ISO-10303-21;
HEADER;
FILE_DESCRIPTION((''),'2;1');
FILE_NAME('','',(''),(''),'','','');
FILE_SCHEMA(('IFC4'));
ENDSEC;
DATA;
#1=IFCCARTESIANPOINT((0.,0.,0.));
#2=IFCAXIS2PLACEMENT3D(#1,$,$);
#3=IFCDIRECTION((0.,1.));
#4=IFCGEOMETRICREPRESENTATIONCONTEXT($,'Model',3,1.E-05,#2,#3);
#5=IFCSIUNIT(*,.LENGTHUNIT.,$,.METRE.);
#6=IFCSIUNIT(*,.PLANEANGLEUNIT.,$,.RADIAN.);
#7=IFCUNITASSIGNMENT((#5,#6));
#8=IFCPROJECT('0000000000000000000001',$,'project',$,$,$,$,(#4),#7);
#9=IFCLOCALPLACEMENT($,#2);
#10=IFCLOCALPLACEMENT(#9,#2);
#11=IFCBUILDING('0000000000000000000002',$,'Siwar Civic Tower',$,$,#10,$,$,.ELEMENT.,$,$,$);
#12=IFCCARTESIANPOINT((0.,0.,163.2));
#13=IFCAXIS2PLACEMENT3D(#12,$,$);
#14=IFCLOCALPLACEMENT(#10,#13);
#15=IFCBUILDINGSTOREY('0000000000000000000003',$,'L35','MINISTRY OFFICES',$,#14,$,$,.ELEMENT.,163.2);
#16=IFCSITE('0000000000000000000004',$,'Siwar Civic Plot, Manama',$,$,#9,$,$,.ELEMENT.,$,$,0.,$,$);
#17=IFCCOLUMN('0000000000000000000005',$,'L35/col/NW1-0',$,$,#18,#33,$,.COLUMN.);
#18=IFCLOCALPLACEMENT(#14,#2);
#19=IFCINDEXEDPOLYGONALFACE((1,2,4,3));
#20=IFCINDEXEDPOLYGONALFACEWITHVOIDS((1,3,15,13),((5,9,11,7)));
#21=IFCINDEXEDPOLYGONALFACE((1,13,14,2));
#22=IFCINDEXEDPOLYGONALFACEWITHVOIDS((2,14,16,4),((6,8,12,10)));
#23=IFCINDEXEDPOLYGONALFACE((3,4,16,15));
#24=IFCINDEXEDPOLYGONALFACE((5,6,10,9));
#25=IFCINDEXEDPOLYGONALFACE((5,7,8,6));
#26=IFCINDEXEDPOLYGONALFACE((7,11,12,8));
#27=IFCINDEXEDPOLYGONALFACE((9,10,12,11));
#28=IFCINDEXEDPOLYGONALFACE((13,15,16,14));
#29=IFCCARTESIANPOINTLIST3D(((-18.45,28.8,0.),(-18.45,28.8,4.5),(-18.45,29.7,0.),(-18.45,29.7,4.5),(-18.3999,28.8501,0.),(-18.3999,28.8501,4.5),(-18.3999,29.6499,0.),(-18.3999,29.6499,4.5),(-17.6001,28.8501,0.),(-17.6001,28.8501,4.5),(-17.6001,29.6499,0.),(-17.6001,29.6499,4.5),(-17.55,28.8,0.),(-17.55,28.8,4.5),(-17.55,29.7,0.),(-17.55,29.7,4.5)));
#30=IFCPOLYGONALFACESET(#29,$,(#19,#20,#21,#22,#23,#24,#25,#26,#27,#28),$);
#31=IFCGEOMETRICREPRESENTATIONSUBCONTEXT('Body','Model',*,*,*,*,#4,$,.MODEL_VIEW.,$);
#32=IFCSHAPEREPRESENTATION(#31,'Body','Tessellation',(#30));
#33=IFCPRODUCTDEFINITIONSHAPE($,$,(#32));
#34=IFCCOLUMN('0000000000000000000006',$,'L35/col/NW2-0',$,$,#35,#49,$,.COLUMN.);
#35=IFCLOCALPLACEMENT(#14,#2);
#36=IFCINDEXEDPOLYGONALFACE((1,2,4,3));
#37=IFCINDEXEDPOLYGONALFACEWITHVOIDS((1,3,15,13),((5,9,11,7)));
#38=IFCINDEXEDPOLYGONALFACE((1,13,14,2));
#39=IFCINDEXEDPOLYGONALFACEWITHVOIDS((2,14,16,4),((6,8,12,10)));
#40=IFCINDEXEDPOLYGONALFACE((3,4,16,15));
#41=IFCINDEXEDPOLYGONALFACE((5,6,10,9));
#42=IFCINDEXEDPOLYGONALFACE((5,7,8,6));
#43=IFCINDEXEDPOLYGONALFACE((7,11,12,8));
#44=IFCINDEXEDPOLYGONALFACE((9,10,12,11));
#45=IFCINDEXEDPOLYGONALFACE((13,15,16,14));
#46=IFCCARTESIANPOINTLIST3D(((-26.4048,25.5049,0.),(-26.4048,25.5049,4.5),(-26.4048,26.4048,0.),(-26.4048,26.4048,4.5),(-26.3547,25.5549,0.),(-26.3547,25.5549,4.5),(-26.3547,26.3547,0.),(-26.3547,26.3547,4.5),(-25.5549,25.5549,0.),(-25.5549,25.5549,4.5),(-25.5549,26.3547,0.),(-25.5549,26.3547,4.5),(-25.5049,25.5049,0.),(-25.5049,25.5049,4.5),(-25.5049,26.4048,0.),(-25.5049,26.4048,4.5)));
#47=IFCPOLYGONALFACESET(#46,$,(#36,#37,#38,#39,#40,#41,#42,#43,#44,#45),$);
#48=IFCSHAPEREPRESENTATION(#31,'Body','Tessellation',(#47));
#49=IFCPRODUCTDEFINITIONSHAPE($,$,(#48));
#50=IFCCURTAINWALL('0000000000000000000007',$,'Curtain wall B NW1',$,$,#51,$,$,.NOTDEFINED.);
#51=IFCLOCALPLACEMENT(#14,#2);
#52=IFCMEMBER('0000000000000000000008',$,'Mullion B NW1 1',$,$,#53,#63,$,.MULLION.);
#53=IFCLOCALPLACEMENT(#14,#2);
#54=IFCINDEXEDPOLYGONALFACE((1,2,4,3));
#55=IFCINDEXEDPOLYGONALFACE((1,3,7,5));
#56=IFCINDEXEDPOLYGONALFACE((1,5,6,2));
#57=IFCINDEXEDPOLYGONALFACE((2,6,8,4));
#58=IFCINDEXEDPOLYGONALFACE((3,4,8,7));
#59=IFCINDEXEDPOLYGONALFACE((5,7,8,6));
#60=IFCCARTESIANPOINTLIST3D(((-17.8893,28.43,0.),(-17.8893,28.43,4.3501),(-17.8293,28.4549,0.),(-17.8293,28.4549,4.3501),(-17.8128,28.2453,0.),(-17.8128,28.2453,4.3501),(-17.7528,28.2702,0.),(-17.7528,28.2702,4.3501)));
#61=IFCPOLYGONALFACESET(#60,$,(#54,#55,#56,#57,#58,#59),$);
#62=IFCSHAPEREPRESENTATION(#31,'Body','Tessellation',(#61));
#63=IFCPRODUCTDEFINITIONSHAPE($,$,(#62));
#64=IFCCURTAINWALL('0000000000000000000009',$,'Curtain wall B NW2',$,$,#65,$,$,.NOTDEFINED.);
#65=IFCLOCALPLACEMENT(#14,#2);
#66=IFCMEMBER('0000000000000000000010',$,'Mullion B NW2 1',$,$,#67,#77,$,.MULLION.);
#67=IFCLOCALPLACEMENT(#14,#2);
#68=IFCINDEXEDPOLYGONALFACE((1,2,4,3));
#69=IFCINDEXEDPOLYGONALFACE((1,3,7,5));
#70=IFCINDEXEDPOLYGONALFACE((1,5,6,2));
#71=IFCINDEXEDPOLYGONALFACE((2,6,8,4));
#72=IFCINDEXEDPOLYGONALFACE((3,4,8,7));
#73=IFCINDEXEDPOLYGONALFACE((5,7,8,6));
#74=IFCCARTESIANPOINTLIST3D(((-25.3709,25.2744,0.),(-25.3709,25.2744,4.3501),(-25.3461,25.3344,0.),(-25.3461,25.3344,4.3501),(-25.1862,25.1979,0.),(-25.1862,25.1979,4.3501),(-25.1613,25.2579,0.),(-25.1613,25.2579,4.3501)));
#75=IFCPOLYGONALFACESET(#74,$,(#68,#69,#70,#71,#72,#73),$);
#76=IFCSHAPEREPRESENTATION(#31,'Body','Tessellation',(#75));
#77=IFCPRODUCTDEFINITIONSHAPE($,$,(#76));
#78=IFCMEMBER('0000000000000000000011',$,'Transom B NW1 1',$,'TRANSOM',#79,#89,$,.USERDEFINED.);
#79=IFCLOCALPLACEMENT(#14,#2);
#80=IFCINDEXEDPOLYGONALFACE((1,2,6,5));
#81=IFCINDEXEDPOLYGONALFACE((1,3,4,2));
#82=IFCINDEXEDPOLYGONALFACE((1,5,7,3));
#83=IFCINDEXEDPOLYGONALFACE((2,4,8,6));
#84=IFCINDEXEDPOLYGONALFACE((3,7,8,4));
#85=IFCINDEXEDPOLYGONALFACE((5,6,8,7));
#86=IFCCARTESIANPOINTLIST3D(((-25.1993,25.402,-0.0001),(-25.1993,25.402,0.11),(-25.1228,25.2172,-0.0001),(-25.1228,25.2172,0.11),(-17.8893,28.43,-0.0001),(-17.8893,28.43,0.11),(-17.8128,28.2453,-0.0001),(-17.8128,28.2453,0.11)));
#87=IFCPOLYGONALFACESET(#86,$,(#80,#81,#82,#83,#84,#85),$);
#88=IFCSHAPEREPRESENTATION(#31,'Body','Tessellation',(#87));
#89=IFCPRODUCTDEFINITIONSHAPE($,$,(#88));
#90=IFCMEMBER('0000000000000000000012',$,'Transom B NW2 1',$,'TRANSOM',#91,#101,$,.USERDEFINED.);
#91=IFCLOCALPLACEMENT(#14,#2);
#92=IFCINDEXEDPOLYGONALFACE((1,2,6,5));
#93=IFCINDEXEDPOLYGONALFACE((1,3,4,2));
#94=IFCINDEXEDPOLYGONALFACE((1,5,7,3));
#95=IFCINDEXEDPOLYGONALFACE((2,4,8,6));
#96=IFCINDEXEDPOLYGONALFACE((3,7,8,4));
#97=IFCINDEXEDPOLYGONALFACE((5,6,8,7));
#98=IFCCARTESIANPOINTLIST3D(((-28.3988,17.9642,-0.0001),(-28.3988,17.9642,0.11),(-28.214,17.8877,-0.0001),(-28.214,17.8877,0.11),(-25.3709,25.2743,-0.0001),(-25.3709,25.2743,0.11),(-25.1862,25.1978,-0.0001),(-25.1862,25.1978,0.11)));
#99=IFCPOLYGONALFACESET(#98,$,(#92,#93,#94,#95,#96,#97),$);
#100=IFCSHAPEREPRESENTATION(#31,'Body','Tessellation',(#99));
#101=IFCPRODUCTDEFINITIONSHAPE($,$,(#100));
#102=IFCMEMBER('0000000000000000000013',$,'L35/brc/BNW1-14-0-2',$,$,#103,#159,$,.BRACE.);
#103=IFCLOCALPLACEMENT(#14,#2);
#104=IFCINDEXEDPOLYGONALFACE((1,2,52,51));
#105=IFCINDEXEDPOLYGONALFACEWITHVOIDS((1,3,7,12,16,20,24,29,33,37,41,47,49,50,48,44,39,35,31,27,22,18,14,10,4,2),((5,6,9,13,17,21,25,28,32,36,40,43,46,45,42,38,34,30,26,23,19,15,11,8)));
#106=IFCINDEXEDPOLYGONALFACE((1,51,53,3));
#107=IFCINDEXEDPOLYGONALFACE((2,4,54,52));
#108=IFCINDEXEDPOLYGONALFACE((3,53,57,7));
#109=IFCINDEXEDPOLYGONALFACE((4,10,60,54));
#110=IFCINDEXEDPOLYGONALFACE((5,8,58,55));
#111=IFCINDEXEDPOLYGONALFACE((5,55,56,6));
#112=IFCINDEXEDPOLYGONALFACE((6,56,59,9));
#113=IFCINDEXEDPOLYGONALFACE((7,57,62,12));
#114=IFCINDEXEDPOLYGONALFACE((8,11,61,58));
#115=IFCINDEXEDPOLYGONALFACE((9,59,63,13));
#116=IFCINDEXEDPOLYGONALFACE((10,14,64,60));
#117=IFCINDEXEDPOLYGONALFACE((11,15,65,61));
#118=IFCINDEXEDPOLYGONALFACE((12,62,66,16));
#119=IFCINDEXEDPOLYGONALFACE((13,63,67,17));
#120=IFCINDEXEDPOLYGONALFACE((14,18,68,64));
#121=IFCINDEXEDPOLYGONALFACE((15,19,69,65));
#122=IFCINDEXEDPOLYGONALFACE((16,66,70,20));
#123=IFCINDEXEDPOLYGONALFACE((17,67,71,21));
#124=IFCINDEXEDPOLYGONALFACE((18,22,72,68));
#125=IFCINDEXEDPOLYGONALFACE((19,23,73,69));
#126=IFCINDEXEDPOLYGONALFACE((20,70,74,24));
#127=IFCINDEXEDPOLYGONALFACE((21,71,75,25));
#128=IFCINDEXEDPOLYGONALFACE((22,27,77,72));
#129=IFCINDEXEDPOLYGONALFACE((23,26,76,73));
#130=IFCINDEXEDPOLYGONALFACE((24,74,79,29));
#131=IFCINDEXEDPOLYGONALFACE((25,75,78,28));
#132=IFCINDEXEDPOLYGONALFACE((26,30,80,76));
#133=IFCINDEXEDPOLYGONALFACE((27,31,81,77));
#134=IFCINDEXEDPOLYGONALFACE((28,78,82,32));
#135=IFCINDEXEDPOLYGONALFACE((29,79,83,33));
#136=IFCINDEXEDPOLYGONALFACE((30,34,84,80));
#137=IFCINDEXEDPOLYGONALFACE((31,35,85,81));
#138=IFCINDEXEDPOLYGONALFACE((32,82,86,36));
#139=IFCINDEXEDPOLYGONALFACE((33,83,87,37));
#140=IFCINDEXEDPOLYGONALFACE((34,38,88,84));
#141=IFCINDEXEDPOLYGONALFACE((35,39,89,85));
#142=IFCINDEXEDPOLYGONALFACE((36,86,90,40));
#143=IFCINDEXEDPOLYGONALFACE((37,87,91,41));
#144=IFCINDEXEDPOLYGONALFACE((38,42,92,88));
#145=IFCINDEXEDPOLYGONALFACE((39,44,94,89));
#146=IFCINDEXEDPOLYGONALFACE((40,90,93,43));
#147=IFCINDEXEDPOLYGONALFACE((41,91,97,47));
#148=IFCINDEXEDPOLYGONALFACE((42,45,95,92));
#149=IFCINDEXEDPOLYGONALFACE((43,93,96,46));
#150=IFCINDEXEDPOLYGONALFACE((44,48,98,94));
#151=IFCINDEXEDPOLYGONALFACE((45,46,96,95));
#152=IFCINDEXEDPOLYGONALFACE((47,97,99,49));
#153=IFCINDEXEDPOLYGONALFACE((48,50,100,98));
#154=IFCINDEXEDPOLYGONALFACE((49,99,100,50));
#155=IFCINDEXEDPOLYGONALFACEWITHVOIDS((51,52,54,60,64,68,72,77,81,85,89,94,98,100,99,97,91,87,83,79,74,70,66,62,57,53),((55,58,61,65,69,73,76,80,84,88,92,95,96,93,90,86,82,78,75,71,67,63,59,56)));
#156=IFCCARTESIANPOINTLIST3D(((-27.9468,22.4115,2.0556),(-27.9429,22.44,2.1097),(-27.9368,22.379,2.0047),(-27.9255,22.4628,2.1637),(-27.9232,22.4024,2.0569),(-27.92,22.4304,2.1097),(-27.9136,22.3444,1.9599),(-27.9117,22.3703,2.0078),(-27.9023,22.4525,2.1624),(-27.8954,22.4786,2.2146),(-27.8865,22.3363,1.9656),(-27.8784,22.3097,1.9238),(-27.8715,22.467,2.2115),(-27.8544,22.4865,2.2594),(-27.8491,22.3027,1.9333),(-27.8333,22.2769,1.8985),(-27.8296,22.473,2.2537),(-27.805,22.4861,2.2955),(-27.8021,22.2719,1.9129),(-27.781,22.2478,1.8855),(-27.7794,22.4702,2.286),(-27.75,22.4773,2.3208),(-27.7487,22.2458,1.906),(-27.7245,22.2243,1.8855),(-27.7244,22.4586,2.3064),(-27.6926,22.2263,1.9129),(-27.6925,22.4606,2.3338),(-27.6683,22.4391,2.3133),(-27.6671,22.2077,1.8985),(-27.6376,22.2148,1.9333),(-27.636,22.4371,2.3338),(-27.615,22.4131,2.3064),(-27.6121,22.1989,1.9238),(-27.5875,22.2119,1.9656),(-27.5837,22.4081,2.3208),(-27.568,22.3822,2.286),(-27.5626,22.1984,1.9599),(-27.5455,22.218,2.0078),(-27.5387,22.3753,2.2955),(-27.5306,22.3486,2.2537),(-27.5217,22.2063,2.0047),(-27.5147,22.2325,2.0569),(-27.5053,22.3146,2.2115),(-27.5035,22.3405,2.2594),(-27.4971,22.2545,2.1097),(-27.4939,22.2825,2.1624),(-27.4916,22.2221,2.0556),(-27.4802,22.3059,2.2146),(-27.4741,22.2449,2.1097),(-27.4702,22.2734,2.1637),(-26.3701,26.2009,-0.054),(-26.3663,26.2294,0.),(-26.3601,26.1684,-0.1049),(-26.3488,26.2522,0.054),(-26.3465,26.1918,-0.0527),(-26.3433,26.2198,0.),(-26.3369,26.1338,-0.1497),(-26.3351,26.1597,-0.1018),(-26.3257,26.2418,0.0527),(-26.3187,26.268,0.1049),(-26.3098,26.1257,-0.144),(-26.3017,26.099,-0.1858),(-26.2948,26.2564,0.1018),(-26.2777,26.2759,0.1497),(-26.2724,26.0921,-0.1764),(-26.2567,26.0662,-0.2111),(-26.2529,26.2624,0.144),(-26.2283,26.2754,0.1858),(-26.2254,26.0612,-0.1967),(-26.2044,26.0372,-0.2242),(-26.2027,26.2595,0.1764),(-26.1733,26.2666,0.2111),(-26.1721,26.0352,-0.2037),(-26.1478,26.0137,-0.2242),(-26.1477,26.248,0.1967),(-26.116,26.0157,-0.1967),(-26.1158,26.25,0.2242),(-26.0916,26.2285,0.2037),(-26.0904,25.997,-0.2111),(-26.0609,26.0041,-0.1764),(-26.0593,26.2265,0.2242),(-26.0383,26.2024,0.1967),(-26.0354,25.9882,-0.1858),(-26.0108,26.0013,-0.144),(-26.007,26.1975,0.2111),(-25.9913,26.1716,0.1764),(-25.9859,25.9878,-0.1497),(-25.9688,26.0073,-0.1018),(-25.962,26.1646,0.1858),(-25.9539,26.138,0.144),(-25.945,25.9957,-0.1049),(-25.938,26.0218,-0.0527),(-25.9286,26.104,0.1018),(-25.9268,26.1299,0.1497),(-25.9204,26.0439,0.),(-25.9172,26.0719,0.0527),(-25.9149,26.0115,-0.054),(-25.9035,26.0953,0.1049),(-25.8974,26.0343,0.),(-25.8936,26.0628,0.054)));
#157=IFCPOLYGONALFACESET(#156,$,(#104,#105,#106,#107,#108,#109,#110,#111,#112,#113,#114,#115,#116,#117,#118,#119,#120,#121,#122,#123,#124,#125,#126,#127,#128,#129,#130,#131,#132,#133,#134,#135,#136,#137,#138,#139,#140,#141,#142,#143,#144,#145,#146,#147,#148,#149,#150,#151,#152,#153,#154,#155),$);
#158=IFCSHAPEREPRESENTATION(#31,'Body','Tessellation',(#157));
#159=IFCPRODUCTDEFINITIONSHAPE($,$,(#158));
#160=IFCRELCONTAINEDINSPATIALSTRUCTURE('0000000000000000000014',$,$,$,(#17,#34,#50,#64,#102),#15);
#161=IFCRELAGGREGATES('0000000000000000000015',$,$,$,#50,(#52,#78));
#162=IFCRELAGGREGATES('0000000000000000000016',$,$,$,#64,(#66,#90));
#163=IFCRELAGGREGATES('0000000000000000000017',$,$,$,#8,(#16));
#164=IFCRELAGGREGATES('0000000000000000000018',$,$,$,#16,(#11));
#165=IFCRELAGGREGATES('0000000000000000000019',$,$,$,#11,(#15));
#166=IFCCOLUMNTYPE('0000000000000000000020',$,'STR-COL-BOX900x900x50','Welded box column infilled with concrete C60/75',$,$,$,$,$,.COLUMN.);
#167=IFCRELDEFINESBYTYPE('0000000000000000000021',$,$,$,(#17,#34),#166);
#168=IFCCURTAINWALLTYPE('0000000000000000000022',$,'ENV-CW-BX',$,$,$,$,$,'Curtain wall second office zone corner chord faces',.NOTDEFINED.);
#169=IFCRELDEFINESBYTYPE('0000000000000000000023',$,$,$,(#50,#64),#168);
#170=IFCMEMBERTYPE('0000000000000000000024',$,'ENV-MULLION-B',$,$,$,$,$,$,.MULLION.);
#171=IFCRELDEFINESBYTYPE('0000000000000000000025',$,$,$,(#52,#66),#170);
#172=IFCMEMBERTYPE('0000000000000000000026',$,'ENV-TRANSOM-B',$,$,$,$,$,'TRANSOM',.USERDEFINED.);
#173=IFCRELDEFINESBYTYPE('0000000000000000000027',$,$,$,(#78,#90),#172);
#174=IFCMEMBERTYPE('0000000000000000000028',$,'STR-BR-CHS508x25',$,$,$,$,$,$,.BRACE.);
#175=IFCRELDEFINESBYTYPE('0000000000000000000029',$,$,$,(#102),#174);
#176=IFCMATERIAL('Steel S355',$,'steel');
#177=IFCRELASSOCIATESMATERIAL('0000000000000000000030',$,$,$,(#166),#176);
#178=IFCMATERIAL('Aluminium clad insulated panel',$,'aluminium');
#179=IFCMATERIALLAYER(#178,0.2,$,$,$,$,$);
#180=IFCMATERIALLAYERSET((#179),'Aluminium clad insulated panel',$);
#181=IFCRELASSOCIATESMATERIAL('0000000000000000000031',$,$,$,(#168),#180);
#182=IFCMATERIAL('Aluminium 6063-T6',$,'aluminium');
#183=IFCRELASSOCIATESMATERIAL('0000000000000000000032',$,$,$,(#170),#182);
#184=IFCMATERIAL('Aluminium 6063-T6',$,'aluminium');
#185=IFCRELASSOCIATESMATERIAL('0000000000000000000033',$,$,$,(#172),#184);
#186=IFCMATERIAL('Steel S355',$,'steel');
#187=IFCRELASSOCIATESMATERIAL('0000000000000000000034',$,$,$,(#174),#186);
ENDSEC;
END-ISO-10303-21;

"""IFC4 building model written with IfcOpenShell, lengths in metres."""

from ifc_helpers import new_model, si_unit, direction, frame, origin, origin_2d, place, context, subcontext, project, spatial, rectangle, hollow_rectangle, hollow_circle, extrude, material, layer, layer_set, material_profile, profile_set, type_object, element, aggregate, save


model = new_model("IFC4")

# Units and contexts
model_context = context("Model", 3, precision=1e-05, world=origin(), true_north=direction((0.0, 1.0)))
body_context = subcontext(model_context, "Body", "Model", "MODEL_VIEW")
ifc_project = project(units=[si_unit("LENGTHUNIT", "METRE"), si_unit("PLANEANGLEUNIT", "RADIAN")], contexts=[model_context])

# Site, building, storey
site_placement = place(None, origin())
site = spatial("IfcSite", under=ifc_project, at=site_placement, Name="Siwar Civic Plot, Manama", CompositionType="ELEMENT", RefElevation=0.0)
building_placement = place(site_placement, origin())
building = spatial("IfcBuilding", under=site, at=building_placement, Name="Siwar Civic Tower", CompositionType="ELEMENT")
storey_placement = place(building_placement, frame((0.0, 0.0, 163.2)))
storey = spatial("IfcBuildingStorey", under=building, at=storey_placement, Name="L35", Description="MINISTRY OFFICES", CompositionType="ELEMENT", Elevation=163.2)

# Columns
ifc_material_1 = material(Name="Steel S355", Category="steel")
ifc_material_profile_1 = material_profile(ifc_material_1, hollow_rectangle(XDim=0.8999, YDim=0.8999, WallThickness=0.05, at=origin_2d()), Name="BOX900x900x50")
ifc_profile_set_1 = profile_set([ifc_material_profile_1], Name="Steel S355")
column_type = type_object("IfcColumnType", Name="STR-COL-BOX900x900x50", Description="Welded box column infilled with concrete C60/75", PredefinedType="COLUMN", material=ifc_profile_set_1)
for number, where, z_axis, x_axis, name in (
    (1, (-18.0, 29.25, 0.0), (0.0, 0.0, 1.0), (1.0, 0.0, 0.0), "L35/col/NW1-0"),
    (2, (-25.9548, 25.9548, 0.0), (0.0, 0.0, 1.0), (1.0, 0.0, 0.0), "L35/col/NW2-0"),
):
    element("IfcColumn", number, at=place(storey_placement, frame(where, z_axis=z_axis, x_axis=x_axis)), inside=storey, type_object=column_type, Name=name, PredefinedType="COLUMN", context=body_context, shape_type="SweptSolid", body=[
        extrude(hollow_rectangle(XDim=0.8999, YDim=0.8999, WallThickness=0.05, at=origin_2d()), origin(), (0.0, 0.0, 1.0), 4.5),
    ])

# Curtain walls, members
ifc_material_2 = material(Name="Aluminium clad insulated panel", Category="aluminium")
ifc_layer_1 = layer(ifc_material_2, 0.2)
ifc_layer_set_1 = layer_set([ifc_layer_1], Name="Aluminium clad insulated panel")
curtain_wall_type = type_object("IfcCurtainWallType", Name="ENV-CW-BX", ElementType="Curtain wall second office zone corner chord faces", PredefinedType="NOTDEFINED", material=ifc_layer_set_1)
curtain_wall_1_placement = place(storey_placement, origin())
curtain_wall_1 = element("IfcCurtainWall", 3, at=curtain_wall_1_placement, inside=storey, type_object=curtain_wall_type, Name="Curtain wall B NW1", PredefinedType="NOTDEFINED")
ifc_material_3 = material(Name="Aluminium 6063-T6", Category="aluminium")
ifc_material_profile_2 = material_profile(ifc_material_3, rectangle(XDim=0.2, YDim=0.0649, at=origin_2d()), Name="AL 200x65")
ifc_profile_set_2 = profile_set([ifc_material_profile_2], Name="Aluminium 6063-T6")
member_type_1 = type_object("IfcMemberType", Name="ENV-MULLION-B", PredefinedType="MULLION", material=ifc_profile_set_2)
member_1_placement = place(storey_placement, frame((-17.821, 28.3501, 0.0), z_axis=(0.0, 0.0, 1.0), x_axis=(0.382683, -0.92388, 0.0)))
member_1 = element("IfcMember", 4, at=member_1_placement, type_object=member_type_1, Name="Mullion B NW1 1", PredefinedType="MULLION", context=body_context, shape_type="SweptSolid", body=[
    extrude(rectangle(XDim=0.2, YDim=0.0649, at=origin_2d()), origin(), (0.0, 0.0, 1.0), 4.3501),
])
curtain_wall_2_placement = place(storey_placement, origin())
curtain_wall_2 = element("IfcCurtainWall", 5, at=curtain_wall_2_placement, inside=storey, type_object=curtain_wall_type, Name="Curtain wall B NW2", PredefinedType="NOTDEFINED")
member_2_placement = place(storey_placement, frame((-25.2661, 25.2661, 0.0), z_axis=(0.0, 0.0, 1.0), x_axis=(0.92388, -0.382683, 0.0)))
member_2 = element("IfcMember", 6, at=member_2_placement, type_object=member_type_1, Name="Mullion B NW2 1", PredefinedType="MULLION", context=body_context, shape_type="SweptSolid", body=[
    extrude(rectangle(XDim=0.2, YDim=0.0649, at=origin_2d()), origin(), (0.0, 0.0, 1.0), 4.3501),
])

# Members
ifc_material_4 = material(Name="Aluminium 6063-T6", Category="aluminium")
ifc_material_profile_3 = material_profile(ifc_material_4, rectangle(XDim=0.2, YDim=0.1101, at=origin_2d()), Name="AL 200x110")
ifc_profile_set_3 = profile_set([ifc_material_profile_3], Name="Aluminium 6063-T6")
member_type_2 = type_object("IfcMemberType", Name="ENV-TRANSOM-B", ElementType="TRANSOM", PredefinedType="USERDEFINED", material=ifc_profile_set_3)
member_3_placement = place(storey_placement, frame((-17.8511, 28.3376, 0.0549), z_axis=(-0.923873, -0.3827, 0.0), x_axis=(0.3827, -0.923873, 0.0)))
member_3 = element("IfcMember", 7, at=member_3_placement, type_object=member_type_2, Name="Transom B NW1 1", ObjectType="TRANSOM", PredefinedType="USERDEFINED", context=body_context, shape_type="SweptSolid", body=[
    extrude(rectangle(XDim=0.2, YDim=0.1101, at=origin_2d()), origin(), (0.0, 0.0, 1.0), 7.9124),
])
member_4_placement = place(storey_placement, frame((-25.2786, 25.2361, 0.0549), z_axis=(-0.382673, -0.923884, 0.0), x_axis=(0.923884, -0.382673, 0.0)))
member_4 = element("IfcMember", 8, at=member_4_placement, type_object=member_type_2, Name="Transom B NW2 1", ObjectType="TRANSOM", PredefinedType="USERDEFINED", context=body_context, shape_type="SweptSolid", body=[
    extrude(rectangle(XDim=0.2, YDim=0.1101, at=origin_2d()), origin(), (0.0, 0.0, 1.0), 7.9124),
])

# Member
ifc_material_5 = material(Name="Steel S355", Category="steel")
ifc_material_profile_4 = material_profile(ifc_material_5, hollow_circle(Radius=0.2539, WallThickness=0.0249, at=origin_2d()), Name="CHS508x25")
ifc_profile_set_4 = profile_set([ifc_material_profile_4], Name="Steel S355")
member_type_3 = type_object("IfcMemberType", Name="STR-BR-CHS508x25", PredefinedType="BRACE", material=ifc_profile_set_4)
member_5_placement = place(storey_placement, frame((-26.1318, 26.1318, 0.0), z_axis=(-0.341662, -0.821143, 0.457155), x_axis=(0.923269, -0.384155, 0.0)))
element("IfcMember", 9, at=member_5_placement, inside=storey, type_object=member_type_3, Name="L35/brc/BNW1-14-0-2", PredefinedType="BRACE", context=body_context, shape_type="SweptSolid", body=[
    extrude(hollow_circle(Radius=0.2539, WallThickness=0.0249, at=origin_2d()), origin(), (0.0, 0.0, 1.0), 4.6147),
])

aggregate(curtain_wall_1, [member_1, member_3])
aggregate(curtain_wall_2, [member_2, member_4])

save(model, "model.ifc")
